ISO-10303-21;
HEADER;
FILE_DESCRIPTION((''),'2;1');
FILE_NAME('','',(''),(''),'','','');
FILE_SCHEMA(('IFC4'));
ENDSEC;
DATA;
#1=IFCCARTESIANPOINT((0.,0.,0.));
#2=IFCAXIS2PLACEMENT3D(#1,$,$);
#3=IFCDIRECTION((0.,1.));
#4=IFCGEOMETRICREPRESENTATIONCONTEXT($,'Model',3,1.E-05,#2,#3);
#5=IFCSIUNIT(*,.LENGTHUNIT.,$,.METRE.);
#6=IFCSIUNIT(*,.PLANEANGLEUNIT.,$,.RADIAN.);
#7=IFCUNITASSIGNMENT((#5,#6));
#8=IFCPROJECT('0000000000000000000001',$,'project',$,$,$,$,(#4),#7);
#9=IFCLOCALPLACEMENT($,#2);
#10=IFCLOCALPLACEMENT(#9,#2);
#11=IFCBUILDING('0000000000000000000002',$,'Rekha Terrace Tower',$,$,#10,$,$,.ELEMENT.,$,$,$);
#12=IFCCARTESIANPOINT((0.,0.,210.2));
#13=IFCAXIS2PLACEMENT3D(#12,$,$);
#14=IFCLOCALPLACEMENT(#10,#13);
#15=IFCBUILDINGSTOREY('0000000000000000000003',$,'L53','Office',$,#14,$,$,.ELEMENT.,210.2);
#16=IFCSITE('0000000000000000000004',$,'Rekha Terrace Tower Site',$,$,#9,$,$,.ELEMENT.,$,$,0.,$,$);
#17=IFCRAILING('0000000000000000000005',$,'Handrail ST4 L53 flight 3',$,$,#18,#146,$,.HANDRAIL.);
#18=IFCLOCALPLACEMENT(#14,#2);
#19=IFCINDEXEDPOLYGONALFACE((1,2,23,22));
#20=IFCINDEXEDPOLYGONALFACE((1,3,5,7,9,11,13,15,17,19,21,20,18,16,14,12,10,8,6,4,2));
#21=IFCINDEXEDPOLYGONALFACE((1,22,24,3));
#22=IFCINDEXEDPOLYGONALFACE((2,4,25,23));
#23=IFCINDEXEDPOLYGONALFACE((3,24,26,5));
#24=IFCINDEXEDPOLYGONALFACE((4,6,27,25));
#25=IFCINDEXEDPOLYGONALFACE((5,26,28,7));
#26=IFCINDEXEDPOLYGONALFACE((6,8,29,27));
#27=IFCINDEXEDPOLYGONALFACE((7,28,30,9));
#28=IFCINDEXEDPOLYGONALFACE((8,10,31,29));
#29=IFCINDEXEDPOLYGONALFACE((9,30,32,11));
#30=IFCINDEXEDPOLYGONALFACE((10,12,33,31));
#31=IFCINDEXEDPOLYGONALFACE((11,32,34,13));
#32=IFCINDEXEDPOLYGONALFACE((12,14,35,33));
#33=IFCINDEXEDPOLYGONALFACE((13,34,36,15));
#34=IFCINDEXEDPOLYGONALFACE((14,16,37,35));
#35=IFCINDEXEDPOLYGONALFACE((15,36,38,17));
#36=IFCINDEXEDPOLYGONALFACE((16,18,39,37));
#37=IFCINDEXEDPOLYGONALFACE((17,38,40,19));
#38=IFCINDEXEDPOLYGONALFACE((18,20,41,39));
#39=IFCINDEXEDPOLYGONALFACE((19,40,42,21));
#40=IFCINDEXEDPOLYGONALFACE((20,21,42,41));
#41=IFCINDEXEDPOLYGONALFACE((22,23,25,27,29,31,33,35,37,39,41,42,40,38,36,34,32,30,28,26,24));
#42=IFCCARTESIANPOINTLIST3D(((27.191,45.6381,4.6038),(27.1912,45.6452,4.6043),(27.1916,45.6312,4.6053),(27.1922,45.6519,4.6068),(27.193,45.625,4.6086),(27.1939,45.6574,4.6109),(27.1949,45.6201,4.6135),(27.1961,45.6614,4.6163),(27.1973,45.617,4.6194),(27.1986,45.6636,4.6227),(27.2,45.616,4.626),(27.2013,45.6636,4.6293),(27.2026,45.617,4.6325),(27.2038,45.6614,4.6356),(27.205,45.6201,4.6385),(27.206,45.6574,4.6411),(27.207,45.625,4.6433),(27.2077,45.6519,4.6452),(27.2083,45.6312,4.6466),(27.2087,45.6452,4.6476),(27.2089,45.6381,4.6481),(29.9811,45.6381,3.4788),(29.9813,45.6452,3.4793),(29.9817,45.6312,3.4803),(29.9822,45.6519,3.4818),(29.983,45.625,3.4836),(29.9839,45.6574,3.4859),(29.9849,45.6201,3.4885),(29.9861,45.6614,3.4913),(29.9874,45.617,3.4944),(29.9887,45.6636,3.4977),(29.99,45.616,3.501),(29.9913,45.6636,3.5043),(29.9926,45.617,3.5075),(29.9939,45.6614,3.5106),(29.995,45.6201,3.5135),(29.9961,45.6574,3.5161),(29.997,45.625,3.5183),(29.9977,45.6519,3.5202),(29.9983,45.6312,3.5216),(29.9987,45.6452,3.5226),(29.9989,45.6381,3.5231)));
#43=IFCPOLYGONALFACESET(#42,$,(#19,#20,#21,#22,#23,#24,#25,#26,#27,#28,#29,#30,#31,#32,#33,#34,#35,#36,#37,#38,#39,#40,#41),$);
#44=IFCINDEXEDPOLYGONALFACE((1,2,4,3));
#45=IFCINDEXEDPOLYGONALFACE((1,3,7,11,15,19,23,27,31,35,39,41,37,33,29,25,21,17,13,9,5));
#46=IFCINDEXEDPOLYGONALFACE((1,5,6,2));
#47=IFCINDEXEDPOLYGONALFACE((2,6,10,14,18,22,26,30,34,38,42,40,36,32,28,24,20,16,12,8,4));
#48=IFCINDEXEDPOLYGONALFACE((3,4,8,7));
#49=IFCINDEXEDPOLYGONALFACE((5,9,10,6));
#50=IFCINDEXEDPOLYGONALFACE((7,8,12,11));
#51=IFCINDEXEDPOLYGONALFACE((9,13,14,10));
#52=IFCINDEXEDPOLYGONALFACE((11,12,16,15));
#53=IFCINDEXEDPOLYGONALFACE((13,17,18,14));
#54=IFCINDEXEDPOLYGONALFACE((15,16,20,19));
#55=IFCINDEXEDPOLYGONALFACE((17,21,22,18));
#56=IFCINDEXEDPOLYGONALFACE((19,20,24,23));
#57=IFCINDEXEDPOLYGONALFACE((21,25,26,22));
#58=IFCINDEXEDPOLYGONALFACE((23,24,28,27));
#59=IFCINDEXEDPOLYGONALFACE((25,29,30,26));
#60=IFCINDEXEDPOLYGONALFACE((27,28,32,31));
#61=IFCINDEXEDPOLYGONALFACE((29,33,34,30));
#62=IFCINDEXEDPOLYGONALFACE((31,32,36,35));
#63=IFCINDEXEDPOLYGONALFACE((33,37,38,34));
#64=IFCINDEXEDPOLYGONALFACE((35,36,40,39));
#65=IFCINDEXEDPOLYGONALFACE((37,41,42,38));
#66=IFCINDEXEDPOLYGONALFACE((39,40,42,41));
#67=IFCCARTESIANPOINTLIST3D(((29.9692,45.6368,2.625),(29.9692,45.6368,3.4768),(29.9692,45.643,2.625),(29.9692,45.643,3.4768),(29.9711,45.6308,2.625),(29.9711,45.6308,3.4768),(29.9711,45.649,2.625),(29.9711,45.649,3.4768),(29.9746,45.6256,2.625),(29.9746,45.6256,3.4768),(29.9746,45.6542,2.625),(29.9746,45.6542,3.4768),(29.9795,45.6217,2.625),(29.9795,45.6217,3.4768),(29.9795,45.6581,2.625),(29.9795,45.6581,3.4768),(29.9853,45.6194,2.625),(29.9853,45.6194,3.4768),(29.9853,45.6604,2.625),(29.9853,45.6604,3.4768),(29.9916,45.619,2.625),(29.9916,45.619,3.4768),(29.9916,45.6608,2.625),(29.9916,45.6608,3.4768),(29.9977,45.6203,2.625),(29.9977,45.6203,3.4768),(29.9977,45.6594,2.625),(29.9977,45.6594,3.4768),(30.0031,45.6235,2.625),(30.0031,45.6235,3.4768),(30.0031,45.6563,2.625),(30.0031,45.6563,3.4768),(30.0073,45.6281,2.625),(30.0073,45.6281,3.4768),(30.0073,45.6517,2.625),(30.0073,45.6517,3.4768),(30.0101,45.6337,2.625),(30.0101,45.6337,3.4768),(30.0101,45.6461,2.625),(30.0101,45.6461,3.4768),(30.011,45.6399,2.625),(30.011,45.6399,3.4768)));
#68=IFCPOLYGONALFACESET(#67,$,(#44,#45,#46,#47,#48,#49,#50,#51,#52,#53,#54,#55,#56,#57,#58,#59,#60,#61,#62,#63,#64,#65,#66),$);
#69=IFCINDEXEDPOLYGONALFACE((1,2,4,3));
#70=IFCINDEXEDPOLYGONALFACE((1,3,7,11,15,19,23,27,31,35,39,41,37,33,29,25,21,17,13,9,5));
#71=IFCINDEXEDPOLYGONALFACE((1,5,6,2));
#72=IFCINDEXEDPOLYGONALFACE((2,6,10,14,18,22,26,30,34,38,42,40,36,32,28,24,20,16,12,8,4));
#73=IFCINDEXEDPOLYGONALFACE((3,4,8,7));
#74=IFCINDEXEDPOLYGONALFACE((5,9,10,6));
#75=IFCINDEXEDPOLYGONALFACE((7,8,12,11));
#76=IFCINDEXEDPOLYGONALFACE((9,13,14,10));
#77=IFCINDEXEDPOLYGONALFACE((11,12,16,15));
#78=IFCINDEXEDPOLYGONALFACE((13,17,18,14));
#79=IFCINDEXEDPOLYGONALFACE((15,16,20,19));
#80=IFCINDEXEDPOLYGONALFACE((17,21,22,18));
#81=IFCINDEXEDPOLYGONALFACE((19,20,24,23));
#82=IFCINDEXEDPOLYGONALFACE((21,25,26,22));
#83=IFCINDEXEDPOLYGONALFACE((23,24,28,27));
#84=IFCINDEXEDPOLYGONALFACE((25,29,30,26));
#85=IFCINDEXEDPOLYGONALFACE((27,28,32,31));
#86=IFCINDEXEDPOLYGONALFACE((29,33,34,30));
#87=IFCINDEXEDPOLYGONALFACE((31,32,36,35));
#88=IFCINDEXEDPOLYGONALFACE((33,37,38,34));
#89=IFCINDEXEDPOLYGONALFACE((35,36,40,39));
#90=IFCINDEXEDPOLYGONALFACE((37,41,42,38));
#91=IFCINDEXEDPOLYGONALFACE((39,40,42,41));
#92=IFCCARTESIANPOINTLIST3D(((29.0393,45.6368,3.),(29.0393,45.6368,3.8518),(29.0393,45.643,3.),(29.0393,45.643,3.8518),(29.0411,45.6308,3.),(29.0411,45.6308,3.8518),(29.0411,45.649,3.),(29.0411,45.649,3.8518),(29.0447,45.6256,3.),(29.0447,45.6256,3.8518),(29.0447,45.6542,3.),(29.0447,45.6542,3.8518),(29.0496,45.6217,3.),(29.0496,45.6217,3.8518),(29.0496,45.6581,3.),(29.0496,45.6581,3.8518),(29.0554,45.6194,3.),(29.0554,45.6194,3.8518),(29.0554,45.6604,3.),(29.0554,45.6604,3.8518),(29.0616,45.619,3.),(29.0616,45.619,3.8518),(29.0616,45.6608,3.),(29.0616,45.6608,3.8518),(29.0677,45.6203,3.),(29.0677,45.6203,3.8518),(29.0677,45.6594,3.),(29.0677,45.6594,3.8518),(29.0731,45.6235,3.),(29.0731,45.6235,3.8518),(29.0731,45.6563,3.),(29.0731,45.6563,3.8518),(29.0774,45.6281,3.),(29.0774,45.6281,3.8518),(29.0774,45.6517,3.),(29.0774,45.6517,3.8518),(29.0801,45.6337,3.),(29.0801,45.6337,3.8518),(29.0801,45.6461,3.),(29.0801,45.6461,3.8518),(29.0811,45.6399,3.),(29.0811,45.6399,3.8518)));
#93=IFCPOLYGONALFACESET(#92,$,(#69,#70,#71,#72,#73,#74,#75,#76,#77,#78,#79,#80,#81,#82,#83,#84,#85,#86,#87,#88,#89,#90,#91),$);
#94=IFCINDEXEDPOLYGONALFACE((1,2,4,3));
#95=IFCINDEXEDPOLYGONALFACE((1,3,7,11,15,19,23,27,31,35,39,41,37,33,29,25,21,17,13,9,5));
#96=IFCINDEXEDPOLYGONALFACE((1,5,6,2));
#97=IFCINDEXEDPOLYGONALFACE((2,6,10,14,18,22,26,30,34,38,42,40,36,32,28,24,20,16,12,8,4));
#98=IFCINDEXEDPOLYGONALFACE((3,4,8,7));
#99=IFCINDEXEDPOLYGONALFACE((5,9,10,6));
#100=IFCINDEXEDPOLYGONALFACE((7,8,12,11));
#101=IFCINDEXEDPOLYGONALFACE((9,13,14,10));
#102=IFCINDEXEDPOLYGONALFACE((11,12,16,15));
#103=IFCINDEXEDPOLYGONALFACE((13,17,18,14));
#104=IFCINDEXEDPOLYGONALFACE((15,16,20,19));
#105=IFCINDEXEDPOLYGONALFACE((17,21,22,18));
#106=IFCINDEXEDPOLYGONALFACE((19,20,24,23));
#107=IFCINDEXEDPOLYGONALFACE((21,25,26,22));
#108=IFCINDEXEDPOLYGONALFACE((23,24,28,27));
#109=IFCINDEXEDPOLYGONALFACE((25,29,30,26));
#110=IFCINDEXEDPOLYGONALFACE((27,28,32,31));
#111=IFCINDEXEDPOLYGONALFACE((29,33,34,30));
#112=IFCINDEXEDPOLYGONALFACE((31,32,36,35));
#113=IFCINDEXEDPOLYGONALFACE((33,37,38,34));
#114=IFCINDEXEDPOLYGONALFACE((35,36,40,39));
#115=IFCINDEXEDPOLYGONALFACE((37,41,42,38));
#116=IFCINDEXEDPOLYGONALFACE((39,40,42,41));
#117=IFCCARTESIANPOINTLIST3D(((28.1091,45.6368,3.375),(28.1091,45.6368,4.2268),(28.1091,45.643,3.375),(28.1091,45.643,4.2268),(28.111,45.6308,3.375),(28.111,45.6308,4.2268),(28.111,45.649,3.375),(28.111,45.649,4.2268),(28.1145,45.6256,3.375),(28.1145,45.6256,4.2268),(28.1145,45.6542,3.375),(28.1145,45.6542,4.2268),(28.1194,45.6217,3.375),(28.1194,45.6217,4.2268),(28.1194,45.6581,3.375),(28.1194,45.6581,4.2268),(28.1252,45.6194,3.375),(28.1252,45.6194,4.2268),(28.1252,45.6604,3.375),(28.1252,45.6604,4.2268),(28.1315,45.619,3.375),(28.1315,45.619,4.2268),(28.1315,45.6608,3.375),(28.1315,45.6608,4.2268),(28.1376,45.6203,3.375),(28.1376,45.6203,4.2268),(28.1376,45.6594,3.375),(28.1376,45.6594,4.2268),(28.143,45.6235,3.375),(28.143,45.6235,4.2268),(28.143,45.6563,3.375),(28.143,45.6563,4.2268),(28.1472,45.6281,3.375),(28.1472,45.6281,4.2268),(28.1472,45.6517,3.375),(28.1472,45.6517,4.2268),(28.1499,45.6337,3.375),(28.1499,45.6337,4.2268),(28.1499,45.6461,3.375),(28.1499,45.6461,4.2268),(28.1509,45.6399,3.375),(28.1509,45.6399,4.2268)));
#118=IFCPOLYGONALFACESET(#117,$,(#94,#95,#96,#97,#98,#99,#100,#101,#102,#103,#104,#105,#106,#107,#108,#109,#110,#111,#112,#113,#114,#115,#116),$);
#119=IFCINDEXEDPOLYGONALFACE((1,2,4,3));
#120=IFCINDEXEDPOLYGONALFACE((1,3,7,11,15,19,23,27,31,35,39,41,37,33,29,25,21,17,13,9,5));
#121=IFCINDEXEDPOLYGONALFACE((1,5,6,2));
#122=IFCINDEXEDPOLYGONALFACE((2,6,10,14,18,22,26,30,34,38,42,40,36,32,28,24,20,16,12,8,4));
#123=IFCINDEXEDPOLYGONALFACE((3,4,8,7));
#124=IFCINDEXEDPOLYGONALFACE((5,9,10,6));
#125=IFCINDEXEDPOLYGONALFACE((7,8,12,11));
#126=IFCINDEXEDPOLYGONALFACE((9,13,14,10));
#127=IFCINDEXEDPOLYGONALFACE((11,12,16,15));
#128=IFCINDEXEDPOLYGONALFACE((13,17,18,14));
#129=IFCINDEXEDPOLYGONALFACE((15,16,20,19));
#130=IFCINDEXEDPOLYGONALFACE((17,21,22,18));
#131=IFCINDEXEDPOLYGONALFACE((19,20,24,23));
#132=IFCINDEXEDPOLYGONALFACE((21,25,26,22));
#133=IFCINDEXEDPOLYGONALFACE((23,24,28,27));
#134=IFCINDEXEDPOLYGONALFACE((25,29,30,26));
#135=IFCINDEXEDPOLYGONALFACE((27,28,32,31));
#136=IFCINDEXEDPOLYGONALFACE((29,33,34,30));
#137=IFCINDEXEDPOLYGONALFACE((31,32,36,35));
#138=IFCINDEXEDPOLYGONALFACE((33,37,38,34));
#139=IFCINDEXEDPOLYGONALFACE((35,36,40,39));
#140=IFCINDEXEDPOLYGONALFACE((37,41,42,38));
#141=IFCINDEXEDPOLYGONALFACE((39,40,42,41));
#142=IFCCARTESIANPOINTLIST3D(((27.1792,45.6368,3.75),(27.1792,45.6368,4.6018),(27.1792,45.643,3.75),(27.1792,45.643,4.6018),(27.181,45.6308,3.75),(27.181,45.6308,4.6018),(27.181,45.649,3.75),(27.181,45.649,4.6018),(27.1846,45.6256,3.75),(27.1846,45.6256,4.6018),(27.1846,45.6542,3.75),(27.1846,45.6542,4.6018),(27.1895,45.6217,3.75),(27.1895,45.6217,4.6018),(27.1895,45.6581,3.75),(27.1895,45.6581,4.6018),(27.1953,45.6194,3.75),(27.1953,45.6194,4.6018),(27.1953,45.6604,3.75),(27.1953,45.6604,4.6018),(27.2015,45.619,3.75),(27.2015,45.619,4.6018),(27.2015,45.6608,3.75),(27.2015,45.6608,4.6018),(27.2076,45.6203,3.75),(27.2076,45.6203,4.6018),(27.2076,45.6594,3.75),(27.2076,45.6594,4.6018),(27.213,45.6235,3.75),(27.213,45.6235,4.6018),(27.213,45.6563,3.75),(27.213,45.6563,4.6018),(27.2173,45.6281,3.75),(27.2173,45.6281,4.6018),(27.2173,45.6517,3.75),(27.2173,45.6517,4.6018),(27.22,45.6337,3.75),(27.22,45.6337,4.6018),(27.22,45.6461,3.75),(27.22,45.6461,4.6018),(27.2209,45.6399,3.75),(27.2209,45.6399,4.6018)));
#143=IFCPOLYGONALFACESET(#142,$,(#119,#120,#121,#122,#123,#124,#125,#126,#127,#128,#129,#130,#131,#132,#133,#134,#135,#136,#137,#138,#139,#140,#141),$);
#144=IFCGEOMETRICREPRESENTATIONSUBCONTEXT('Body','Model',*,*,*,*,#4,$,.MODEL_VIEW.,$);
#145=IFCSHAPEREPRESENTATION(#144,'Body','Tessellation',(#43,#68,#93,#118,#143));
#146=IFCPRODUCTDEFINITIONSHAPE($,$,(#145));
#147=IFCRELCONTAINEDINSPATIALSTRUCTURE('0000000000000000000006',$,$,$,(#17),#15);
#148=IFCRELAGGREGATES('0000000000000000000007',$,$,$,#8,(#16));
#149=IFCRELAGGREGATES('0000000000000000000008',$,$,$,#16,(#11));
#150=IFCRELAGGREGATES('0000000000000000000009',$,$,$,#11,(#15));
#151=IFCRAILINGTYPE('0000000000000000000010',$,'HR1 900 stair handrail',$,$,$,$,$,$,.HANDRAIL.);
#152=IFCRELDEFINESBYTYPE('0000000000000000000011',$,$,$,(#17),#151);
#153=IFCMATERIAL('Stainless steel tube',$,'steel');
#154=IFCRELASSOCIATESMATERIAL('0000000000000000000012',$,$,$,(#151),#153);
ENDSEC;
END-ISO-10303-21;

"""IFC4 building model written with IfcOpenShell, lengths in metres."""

from ifc_helpers import new_model, si_unit, direction, frame, origin, origin_2d, place, context, subcontext, project, spatial, circle, extrude, material, type_object, element, save


model = new_model("IFC4")

# Units and contexts
model_context = context("Model", 3, precision=1e-05, world=origin(), true_north=direction((0.0, 1.0)))
body_context = subcontext(model_context, "Body", "Model", "MODEL_VIEW")
ifc_project = project(units=[si_unit("LENGTHUNIT", "METRE"), si_unit("PLANEANGLEUNIT", "RADIAN")], contexts=[model_context])

# Site, building, storey
site_placement = place(None, origin())
site = spatial("IfcSite", under=ifc_project, at=site_placement, Name="Rekha Terrace Tower Site", CompositionType="ELEMENT", RefElevation=0.0)
building_placement = place(site_placement, origin())
building = spatial("IfcBuilding", under=site, at=building_placement, Name="Rekha Terrace Tower", CompositionType="ELEMENT")
storey_placement = place(building_placement, frame((0.0, 0.0, 210.2)))
storey = spatial("IfcBuildingStorey", under=building, at=storey_placement, Name="L53", Description="Office", CompositionType="ELEMENT", Elevation=210.2)

# Railing
ifc_material_1 = material(Name="Stainless steel tube", Category="steel")
railing_type_1 = type_object("IfcRailingType", Name="HR1 900 stair handrail", PredefinedType="HANDRAIL", material=ifc_material_1)
railing_1_placement = place(storey_placement, frame((29.99, 45.6399, 2.625)))
element("IfcRailing", 1, at=railing_1_placement, inside=storey, type_object=railing_type_1, Name="Handrail ST4 L53 flight 3", PredefinedType="HANDRAIL", context=body_context, shape_type="SweptSolid", body=[
    extrude(circle(Radius=0.0239, at=origin_2d()), frame((0.0, 0.0, 0.876), z_axis=(-0.927443, 0.0, 0.373964), x_axis=(0.0, -1.0, 0.0)), (0.0, 0.0, 1.0), 3.0083),
    extrude(circle(Radius=0.021, at=origin_2d()), origin(), (0.0, 0.0, 1.0), 0.8518),
    extrude(circle(Radius=0.021, at=origin_2d()), frame((-0.9299, 0.0, 0.375)), (0.0, 0.0, 1.0), 0.8518),
    extrude(circle(Radius=0.021, at=origin_2d()), frame((-1.8601, 0.0, 0.75)), (0.0, 0.0, 1.0), 0.8518),
    extrude(circle(Radius=0.021, at=origin_2d()), frame((-2.79, 0.0, 1.125)), (0.0, 0.0, 1.0), 0.8518),
])

save(model, "model.ifc")
